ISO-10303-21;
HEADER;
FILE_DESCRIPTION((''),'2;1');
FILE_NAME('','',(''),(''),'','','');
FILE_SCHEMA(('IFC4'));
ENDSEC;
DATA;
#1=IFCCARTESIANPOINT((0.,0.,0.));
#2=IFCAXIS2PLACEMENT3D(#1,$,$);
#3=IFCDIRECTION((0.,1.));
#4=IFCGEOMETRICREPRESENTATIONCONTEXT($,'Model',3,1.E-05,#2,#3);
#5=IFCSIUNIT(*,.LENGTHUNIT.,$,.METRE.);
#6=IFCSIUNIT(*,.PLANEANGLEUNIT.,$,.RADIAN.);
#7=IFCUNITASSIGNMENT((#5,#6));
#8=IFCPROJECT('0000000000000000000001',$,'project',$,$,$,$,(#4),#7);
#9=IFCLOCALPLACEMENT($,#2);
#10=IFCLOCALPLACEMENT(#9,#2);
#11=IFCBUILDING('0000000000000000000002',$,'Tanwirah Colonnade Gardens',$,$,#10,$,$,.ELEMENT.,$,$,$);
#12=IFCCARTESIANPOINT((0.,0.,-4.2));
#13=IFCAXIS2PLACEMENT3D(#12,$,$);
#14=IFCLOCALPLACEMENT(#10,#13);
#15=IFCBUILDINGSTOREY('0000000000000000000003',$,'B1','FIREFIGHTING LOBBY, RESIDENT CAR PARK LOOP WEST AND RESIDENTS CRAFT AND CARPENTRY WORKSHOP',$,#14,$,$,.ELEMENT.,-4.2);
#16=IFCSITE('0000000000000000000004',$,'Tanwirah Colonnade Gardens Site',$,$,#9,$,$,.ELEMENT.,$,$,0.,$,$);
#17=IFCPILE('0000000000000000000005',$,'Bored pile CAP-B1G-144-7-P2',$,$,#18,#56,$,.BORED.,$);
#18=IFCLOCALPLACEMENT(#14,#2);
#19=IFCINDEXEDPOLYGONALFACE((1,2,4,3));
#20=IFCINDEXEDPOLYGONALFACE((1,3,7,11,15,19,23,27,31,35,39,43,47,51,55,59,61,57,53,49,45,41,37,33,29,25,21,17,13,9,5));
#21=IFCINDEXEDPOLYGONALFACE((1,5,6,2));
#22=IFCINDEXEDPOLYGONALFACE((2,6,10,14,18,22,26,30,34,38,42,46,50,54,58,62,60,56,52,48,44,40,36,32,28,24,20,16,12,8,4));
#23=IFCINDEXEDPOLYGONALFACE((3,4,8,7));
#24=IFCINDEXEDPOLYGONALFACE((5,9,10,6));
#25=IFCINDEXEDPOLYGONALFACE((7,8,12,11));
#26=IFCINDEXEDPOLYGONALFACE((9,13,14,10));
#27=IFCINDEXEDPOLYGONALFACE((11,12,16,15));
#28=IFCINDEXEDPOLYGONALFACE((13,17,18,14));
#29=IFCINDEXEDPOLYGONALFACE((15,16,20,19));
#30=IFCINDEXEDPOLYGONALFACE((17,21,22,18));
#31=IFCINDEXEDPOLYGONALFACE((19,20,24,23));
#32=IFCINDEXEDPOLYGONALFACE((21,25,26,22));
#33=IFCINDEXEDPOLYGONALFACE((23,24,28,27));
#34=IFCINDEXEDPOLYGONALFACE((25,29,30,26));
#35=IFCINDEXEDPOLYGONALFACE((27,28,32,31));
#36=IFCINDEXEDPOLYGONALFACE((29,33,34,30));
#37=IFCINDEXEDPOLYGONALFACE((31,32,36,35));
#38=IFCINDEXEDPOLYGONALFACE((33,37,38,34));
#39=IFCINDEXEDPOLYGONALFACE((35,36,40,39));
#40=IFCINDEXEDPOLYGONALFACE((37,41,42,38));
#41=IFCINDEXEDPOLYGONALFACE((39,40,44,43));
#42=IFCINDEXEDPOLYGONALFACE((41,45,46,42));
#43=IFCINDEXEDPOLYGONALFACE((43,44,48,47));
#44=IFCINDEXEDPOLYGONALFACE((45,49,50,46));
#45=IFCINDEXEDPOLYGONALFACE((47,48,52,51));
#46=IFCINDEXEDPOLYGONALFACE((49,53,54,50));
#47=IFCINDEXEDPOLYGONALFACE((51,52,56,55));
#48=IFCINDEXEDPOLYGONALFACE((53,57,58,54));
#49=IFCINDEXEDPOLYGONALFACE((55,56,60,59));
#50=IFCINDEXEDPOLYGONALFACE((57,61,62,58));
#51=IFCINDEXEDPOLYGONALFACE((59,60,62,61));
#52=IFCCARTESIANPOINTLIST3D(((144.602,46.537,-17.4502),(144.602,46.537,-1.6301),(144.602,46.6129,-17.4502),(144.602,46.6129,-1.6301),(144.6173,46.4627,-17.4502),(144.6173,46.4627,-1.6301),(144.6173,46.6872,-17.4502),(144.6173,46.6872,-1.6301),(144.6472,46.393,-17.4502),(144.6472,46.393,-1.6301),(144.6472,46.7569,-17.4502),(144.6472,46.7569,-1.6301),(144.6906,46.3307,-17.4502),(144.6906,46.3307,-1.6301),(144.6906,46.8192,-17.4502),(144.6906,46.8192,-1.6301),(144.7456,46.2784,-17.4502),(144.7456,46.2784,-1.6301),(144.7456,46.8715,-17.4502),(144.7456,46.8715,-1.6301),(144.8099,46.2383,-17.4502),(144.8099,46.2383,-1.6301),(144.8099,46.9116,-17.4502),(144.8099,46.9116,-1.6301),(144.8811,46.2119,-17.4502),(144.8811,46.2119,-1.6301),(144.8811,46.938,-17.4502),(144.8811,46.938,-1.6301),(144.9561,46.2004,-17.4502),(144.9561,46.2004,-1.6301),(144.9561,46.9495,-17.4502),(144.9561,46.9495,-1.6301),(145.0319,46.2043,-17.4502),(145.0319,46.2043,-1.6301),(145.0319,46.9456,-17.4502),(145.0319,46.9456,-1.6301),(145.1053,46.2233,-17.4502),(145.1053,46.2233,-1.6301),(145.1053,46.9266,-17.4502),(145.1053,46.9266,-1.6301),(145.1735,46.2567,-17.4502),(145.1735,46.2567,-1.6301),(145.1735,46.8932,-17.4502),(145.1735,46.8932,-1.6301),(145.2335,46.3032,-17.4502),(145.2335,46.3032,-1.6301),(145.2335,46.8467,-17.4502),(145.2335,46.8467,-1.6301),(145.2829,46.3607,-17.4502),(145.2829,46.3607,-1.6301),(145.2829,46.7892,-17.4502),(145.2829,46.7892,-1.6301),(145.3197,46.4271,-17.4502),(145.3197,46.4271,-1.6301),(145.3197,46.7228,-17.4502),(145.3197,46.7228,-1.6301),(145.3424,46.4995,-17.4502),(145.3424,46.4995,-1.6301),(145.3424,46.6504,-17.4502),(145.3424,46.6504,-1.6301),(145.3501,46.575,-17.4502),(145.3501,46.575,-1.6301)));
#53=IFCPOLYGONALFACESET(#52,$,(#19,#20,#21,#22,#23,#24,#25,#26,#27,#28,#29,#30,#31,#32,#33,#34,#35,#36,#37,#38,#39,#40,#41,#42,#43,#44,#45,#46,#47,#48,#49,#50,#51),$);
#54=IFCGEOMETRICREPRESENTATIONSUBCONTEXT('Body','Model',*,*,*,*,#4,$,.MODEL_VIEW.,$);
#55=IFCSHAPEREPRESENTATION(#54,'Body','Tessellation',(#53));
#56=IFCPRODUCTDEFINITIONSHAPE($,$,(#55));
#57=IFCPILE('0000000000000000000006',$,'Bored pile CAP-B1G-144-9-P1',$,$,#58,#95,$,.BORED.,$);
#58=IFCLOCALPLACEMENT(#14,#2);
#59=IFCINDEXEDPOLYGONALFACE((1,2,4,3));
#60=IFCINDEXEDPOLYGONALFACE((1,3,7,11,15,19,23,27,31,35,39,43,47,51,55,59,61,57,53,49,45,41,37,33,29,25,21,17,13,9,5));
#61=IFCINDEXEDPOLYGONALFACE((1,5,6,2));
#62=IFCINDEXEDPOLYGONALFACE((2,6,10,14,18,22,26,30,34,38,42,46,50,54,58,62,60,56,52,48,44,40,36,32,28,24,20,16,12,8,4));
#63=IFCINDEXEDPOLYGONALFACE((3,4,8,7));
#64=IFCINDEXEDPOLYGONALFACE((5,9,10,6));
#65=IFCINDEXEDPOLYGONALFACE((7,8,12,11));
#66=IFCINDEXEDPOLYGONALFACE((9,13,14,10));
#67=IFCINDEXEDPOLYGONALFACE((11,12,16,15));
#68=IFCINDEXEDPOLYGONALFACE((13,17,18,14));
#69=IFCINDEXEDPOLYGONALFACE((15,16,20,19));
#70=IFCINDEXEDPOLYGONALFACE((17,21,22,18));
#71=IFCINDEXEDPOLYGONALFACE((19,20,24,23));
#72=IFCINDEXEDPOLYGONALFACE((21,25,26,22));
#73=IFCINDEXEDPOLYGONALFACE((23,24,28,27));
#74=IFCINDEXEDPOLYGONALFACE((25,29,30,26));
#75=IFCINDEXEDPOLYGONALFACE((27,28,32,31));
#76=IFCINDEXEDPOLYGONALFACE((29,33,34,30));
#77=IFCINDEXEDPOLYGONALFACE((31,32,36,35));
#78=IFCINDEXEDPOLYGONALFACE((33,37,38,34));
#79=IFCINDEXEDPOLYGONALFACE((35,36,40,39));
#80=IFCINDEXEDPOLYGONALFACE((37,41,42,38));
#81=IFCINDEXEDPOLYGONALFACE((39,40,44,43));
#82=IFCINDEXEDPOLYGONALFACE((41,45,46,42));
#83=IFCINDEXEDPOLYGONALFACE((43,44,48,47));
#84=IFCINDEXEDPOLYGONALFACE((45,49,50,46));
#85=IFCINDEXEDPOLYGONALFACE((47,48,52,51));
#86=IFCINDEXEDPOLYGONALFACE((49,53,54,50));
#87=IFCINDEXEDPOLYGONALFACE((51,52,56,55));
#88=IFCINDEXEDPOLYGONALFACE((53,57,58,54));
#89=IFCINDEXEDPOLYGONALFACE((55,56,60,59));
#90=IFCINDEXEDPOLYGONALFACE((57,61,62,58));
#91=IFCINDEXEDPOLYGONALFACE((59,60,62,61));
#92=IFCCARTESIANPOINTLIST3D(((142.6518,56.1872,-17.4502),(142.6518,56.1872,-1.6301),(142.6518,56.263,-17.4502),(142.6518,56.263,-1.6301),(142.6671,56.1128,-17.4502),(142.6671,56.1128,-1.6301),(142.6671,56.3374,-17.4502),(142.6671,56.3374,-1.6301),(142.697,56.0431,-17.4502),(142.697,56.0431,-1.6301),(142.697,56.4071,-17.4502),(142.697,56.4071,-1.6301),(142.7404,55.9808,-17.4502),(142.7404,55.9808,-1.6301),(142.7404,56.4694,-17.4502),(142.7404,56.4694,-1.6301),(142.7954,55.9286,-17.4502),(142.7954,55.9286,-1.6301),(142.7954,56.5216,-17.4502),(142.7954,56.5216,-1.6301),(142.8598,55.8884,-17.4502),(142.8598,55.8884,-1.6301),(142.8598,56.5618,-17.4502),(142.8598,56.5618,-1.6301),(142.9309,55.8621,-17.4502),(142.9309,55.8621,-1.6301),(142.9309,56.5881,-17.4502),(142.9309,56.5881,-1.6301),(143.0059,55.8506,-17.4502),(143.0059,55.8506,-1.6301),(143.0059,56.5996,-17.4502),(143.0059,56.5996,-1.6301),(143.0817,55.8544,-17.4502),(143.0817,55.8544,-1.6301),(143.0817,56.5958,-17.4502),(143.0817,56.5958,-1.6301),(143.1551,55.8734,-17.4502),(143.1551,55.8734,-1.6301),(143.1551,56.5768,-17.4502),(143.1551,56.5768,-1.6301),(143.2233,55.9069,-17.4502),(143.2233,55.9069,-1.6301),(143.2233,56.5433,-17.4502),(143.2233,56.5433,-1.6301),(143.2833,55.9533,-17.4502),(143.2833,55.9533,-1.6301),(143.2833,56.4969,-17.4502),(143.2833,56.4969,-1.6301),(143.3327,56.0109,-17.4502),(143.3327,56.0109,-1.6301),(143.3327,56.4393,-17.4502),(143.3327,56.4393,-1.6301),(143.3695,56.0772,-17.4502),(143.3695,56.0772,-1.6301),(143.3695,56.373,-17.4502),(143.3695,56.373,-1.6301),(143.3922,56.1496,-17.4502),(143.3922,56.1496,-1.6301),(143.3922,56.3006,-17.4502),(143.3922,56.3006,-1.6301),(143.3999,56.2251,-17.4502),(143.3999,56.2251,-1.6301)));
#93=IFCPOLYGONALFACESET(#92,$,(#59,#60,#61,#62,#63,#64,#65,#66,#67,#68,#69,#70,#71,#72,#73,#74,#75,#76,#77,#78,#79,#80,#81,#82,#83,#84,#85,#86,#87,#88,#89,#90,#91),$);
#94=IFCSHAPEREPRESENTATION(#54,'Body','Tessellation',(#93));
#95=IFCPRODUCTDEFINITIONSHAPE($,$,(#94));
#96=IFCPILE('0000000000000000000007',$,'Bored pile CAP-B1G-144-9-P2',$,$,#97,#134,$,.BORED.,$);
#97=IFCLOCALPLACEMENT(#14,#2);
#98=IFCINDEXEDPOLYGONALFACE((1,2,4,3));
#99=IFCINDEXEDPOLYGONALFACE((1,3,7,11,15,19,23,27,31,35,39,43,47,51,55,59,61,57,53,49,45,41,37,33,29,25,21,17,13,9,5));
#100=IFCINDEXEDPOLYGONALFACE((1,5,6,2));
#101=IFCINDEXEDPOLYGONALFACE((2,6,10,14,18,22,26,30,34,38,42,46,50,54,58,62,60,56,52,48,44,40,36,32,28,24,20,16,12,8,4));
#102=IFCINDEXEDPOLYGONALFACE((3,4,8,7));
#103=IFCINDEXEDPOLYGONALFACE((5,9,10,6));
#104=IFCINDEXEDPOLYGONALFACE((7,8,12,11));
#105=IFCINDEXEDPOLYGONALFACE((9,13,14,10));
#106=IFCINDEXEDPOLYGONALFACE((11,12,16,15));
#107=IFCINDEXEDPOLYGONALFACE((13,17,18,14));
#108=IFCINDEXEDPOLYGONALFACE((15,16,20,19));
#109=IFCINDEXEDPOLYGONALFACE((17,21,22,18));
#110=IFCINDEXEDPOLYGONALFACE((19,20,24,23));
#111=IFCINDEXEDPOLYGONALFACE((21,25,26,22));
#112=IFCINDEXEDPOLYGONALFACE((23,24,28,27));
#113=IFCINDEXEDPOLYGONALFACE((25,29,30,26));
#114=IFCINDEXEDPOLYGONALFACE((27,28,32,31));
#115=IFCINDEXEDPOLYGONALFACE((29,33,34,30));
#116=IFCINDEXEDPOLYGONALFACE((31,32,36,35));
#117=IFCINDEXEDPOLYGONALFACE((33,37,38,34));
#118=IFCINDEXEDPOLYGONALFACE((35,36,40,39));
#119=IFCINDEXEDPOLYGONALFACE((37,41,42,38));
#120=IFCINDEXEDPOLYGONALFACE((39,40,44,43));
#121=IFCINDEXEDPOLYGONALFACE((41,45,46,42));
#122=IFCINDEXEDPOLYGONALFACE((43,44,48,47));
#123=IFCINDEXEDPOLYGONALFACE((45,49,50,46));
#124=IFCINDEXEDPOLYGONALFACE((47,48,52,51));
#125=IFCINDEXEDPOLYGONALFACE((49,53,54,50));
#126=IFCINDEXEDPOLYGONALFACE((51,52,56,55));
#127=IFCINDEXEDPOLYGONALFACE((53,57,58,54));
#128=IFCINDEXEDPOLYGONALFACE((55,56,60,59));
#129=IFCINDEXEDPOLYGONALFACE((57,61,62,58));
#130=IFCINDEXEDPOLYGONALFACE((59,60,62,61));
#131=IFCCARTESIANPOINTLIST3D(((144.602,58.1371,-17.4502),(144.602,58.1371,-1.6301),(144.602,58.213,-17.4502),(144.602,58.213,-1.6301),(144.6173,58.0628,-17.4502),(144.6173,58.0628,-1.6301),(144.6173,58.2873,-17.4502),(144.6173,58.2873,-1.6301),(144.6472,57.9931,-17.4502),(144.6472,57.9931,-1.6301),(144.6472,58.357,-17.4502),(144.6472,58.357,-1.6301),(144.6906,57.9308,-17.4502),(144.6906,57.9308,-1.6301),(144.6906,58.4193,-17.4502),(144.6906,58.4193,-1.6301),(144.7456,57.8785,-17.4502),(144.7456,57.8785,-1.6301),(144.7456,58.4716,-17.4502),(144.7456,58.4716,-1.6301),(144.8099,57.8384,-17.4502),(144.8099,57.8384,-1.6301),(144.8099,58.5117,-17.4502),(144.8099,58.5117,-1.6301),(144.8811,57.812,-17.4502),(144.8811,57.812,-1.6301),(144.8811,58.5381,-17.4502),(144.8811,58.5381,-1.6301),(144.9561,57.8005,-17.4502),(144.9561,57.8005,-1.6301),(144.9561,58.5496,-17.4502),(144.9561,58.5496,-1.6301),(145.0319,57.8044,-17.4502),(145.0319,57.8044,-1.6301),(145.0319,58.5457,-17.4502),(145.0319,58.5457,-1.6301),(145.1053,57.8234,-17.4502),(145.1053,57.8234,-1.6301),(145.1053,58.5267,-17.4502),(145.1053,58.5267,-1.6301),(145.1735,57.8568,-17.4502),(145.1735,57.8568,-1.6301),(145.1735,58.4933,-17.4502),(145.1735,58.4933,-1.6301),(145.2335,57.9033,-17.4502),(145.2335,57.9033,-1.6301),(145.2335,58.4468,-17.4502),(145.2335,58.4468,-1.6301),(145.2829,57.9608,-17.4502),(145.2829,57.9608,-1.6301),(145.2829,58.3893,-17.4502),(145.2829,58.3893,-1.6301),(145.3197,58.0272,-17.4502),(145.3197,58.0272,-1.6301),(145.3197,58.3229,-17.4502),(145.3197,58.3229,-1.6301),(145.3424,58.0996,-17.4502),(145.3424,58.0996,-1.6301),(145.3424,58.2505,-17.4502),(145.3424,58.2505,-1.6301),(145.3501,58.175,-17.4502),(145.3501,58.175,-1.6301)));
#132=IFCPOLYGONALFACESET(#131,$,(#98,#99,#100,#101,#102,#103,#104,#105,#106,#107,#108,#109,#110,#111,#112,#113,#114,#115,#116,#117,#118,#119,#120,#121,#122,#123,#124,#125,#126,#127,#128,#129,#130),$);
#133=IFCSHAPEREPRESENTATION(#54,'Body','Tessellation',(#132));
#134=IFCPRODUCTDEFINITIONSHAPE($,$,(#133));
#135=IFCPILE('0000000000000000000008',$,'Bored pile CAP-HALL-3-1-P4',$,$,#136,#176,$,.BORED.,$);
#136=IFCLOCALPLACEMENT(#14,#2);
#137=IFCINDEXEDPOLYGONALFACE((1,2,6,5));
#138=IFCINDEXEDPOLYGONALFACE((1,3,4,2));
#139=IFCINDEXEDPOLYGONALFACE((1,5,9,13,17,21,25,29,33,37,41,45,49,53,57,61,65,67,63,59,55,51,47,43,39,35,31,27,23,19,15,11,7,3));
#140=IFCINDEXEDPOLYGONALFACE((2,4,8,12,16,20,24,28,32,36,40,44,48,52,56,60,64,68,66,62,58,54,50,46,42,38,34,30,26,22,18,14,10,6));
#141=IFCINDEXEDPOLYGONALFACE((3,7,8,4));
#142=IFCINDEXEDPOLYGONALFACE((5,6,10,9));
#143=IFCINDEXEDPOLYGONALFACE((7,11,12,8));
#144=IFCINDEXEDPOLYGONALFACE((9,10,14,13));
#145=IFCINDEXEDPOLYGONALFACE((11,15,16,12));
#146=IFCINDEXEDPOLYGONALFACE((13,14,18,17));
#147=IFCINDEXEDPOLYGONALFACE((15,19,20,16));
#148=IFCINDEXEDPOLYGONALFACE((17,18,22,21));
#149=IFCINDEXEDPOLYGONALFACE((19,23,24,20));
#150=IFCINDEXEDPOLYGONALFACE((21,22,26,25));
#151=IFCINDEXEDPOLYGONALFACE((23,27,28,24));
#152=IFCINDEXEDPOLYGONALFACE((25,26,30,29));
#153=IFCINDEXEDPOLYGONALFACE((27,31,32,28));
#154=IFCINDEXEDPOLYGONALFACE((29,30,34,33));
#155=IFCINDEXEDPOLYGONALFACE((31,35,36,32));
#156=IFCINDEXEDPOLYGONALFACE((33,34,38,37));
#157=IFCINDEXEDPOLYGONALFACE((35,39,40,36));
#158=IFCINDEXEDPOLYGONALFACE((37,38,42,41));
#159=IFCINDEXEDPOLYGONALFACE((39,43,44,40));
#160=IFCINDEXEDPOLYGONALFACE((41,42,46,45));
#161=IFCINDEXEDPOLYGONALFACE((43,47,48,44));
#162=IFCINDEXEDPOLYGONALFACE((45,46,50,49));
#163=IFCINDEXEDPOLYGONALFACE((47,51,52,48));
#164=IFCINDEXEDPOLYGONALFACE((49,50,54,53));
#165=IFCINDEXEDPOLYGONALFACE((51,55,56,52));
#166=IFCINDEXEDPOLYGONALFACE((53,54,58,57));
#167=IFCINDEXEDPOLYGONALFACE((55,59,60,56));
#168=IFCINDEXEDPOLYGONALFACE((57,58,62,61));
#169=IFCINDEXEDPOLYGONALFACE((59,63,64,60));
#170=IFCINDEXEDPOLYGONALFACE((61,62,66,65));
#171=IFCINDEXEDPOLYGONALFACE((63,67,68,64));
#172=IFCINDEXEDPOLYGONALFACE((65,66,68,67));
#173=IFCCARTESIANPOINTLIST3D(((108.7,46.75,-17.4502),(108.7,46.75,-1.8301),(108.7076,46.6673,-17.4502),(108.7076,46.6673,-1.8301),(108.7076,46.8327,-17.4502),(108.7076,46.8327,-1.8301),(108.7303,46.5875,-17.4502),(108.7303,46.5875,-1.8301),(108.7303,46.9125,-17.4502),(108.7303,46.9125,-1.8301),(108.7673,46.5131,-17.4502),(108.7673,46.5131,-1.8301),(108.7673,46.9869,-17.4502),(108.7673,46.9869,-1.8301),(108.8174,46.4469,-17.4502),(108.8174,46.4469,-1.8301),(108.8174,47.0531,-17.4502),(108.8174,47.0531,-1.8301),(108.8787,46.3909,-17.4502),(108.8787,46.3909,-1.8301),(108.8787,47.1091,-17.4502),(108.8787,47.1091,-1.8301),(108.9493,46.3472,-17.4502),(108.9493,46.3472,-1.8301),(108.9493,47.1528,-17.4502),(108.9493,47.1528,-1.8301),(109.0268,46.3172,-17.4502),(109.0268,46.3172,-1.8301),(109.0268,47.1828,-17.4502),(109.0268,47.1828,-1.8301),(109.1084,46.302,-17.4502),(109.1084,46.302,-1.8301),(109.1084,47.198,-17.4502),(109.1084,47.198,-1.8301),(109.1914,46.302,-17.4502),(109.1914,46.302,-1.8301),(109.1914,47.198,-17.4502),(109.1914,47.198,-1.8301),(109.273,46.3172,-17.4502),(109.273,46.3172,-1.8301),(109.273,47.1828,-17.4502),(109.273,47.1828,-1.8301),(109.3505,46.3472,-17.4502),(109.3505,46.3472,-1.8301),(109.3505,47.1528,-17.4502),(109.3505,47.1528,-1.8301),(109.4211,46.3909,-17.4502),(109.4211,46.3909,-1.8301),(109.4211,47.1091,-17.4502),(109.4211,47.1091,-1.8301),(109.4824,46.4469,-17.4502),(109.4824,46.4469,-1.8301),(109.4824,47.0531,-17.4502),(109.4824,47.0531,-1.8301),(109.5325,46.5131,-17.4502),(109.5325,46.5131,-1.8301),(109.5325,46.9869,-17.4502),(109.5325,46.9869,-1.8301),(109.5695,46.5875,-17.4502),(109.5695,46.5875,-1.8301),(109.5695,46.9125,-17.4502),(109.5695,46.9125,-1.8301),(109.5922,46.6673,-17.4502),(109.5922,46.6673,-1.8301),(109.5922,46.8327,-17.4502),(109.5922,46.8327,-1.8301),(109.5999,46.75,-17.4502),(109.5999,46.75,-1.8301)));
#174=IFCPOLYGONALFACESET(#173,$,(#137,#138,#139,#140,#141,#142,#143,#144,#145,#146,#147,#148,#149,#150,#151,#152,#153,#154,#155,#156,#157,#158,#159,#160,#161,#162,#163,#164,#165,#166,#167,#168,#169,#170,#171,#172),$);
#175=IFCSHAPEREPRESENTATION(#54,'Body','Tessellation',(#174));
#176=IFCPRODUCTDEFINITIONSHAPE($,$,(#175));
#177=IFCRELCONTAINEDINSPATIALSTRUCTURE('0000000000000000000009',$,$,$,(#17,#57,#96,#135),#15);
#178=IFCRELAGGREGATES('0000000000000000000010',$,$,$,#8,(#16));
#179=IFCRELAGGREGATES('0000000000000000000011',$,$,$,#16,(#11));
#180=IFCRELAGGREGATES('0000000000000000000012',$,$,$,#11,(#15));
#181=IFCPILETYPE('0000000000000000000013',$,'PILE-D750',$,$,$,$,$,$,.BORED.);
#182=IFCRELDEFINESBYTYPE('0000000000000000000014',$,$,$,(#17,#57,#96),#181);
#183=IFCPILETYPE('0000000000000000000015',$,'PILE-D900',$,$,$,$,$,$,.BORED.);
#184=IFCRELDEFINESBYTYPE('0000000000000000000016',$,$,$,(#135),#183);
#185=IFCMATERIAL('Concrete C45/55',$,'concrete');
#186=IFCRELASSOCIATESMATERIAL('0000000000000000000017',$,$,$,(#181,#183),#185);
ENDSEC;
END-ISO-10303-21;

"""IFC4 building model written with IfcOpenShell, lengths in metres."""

from ifc_helpers import new_model, si_unit, direction, frame, origin, origin_2d, place, context, subcontext, project, spatial, circle, extrude, material, material_profile, profile_set, type_object, element, save


model = new_model("IFC4")

# Units and contexts
model_context = context("Model", 3, precision=1e-05, world=origin(), true_north=direction((0.0, 1.0)))
body_context = subcontext(model_context, "Body", "Model", "MODEL_VIEW")
ifc_project = project(units=[si_unit("LENGTHUNIT", "METRE"), si_unit("PLANEANGLEUNIT", "RADIAN")], contexts=[model_context])

# Site, building, storey
site_placement = place(None, origin())
site = spatial("IfcSite", under=ifc_project, at=site_placement, Name="Tanwirah Colonnade Gardens Site", CompositionType="ELEMENT", RefElevation=0.0)
building_placement = place(site_placement, origin())
building = spatial("IfcBuilding", under=site, at=building_placement, Name="Tanwirah Colonnade Gardens", CompositionType="ELEMENT")
storey_placement = place(building_placement, frame((0.0, 0.0, -4.2)))
storey = spatial("IfcBuildingStorey", under=building, at=storey_placement, Name="B1", Description="FIREFIGHTING LOBBY, RESIDENT CAR PARK LOOP WEST AND RESIDENTS CRAFT AND CARPENTRY WORKSHOP", CompositionType="ELEMENT", Elevation=-4.2)

# Shared definitions
ifc_material_1 = material(Name="Concrete C45/55", Category="concrete")

# Piles
ifc_material_profile_1 = material_profile(ifc_material_1, circle(Radius=0.375, at=origin_2d()), Name="PILE D750")
ifc_profile_set_1 = profile_set([ifc_material_profile_1], Name="Concrete C45/55")
pile_type_1 = type_object("IfcPileType", Name="PILE-D750", PredefinedType="BORED", material=ifc_profile_set_1)
for number, where, z_axis, x_axis, name in (
    (1, (144.9751, 46.575, -1.6301), (0.0, 0.0, -1.0), (1.0, 0.0, 0.0), "Bored pile CAP-B1G-144-7-P2"),
    (2, (143.0249, 56.2251, -1.6301), (0.0, 0.0, -1.0), (1.0, 0.0, 0.0), "Bored pile CAP-B1G-144-9-P1"),
    (3, (144.9751, 58.175, -1.6301), (0.0, 0.0, -1.0), (1.0, 0.0, 0.0), "Bored pile CAP-B1G-144-9-P2"),
):
    element("IfcPile", number, at=place(storey_placement, frame(where, z_axis=z_axis, x_axis=x_axis)), inside=storey, type_object=pile_type_1, Name=name, PredefinedType="BORED", context=body_context, shape_type="SweptSolid", body=[
        extrude(circle(Radius=0.375, at=origin_2d()), origin(), (0.0, 0.0, 1.0), 15.8201),
    ])
ifc_material_profile_2 = material_profile(ifc_material_1, circle(Radius=0.45, at=origin_2d()), Name="PILE D900")
ifc_profile_set_2 = profile_set([ifc_material_profile_2], Name="Concrete C45/55")
pile_type_2 = type_object("IfcPileType", Name="PILE-D900", PredefinedType="BORED", material=ifc_profile_set_2)
for number, where, z_axis, x_axis, name in (
    (4, (109.1499, 46.75, -1.8301), (0.0, 0.0, -1.0), (1.0, 0.0, 0.0), "Bored pile CAP-HALL-3-1-P4"),
):
    element("IfcPile", number, at=place(storey_placement, frame(where, z_axis=z_axis, x_axis=x_axis)), inside=storey, type_object=pile_type_2, Name=name, PredefinedType="BORED", context=body_context, shape_type="SweptSolid", body=[
        extrude(circle(Radius=0.45, at=origin_2d()), origin(), (0.0, 0.0, 1.0), 15.6201),
    ])

save(model, "model.ifc")
